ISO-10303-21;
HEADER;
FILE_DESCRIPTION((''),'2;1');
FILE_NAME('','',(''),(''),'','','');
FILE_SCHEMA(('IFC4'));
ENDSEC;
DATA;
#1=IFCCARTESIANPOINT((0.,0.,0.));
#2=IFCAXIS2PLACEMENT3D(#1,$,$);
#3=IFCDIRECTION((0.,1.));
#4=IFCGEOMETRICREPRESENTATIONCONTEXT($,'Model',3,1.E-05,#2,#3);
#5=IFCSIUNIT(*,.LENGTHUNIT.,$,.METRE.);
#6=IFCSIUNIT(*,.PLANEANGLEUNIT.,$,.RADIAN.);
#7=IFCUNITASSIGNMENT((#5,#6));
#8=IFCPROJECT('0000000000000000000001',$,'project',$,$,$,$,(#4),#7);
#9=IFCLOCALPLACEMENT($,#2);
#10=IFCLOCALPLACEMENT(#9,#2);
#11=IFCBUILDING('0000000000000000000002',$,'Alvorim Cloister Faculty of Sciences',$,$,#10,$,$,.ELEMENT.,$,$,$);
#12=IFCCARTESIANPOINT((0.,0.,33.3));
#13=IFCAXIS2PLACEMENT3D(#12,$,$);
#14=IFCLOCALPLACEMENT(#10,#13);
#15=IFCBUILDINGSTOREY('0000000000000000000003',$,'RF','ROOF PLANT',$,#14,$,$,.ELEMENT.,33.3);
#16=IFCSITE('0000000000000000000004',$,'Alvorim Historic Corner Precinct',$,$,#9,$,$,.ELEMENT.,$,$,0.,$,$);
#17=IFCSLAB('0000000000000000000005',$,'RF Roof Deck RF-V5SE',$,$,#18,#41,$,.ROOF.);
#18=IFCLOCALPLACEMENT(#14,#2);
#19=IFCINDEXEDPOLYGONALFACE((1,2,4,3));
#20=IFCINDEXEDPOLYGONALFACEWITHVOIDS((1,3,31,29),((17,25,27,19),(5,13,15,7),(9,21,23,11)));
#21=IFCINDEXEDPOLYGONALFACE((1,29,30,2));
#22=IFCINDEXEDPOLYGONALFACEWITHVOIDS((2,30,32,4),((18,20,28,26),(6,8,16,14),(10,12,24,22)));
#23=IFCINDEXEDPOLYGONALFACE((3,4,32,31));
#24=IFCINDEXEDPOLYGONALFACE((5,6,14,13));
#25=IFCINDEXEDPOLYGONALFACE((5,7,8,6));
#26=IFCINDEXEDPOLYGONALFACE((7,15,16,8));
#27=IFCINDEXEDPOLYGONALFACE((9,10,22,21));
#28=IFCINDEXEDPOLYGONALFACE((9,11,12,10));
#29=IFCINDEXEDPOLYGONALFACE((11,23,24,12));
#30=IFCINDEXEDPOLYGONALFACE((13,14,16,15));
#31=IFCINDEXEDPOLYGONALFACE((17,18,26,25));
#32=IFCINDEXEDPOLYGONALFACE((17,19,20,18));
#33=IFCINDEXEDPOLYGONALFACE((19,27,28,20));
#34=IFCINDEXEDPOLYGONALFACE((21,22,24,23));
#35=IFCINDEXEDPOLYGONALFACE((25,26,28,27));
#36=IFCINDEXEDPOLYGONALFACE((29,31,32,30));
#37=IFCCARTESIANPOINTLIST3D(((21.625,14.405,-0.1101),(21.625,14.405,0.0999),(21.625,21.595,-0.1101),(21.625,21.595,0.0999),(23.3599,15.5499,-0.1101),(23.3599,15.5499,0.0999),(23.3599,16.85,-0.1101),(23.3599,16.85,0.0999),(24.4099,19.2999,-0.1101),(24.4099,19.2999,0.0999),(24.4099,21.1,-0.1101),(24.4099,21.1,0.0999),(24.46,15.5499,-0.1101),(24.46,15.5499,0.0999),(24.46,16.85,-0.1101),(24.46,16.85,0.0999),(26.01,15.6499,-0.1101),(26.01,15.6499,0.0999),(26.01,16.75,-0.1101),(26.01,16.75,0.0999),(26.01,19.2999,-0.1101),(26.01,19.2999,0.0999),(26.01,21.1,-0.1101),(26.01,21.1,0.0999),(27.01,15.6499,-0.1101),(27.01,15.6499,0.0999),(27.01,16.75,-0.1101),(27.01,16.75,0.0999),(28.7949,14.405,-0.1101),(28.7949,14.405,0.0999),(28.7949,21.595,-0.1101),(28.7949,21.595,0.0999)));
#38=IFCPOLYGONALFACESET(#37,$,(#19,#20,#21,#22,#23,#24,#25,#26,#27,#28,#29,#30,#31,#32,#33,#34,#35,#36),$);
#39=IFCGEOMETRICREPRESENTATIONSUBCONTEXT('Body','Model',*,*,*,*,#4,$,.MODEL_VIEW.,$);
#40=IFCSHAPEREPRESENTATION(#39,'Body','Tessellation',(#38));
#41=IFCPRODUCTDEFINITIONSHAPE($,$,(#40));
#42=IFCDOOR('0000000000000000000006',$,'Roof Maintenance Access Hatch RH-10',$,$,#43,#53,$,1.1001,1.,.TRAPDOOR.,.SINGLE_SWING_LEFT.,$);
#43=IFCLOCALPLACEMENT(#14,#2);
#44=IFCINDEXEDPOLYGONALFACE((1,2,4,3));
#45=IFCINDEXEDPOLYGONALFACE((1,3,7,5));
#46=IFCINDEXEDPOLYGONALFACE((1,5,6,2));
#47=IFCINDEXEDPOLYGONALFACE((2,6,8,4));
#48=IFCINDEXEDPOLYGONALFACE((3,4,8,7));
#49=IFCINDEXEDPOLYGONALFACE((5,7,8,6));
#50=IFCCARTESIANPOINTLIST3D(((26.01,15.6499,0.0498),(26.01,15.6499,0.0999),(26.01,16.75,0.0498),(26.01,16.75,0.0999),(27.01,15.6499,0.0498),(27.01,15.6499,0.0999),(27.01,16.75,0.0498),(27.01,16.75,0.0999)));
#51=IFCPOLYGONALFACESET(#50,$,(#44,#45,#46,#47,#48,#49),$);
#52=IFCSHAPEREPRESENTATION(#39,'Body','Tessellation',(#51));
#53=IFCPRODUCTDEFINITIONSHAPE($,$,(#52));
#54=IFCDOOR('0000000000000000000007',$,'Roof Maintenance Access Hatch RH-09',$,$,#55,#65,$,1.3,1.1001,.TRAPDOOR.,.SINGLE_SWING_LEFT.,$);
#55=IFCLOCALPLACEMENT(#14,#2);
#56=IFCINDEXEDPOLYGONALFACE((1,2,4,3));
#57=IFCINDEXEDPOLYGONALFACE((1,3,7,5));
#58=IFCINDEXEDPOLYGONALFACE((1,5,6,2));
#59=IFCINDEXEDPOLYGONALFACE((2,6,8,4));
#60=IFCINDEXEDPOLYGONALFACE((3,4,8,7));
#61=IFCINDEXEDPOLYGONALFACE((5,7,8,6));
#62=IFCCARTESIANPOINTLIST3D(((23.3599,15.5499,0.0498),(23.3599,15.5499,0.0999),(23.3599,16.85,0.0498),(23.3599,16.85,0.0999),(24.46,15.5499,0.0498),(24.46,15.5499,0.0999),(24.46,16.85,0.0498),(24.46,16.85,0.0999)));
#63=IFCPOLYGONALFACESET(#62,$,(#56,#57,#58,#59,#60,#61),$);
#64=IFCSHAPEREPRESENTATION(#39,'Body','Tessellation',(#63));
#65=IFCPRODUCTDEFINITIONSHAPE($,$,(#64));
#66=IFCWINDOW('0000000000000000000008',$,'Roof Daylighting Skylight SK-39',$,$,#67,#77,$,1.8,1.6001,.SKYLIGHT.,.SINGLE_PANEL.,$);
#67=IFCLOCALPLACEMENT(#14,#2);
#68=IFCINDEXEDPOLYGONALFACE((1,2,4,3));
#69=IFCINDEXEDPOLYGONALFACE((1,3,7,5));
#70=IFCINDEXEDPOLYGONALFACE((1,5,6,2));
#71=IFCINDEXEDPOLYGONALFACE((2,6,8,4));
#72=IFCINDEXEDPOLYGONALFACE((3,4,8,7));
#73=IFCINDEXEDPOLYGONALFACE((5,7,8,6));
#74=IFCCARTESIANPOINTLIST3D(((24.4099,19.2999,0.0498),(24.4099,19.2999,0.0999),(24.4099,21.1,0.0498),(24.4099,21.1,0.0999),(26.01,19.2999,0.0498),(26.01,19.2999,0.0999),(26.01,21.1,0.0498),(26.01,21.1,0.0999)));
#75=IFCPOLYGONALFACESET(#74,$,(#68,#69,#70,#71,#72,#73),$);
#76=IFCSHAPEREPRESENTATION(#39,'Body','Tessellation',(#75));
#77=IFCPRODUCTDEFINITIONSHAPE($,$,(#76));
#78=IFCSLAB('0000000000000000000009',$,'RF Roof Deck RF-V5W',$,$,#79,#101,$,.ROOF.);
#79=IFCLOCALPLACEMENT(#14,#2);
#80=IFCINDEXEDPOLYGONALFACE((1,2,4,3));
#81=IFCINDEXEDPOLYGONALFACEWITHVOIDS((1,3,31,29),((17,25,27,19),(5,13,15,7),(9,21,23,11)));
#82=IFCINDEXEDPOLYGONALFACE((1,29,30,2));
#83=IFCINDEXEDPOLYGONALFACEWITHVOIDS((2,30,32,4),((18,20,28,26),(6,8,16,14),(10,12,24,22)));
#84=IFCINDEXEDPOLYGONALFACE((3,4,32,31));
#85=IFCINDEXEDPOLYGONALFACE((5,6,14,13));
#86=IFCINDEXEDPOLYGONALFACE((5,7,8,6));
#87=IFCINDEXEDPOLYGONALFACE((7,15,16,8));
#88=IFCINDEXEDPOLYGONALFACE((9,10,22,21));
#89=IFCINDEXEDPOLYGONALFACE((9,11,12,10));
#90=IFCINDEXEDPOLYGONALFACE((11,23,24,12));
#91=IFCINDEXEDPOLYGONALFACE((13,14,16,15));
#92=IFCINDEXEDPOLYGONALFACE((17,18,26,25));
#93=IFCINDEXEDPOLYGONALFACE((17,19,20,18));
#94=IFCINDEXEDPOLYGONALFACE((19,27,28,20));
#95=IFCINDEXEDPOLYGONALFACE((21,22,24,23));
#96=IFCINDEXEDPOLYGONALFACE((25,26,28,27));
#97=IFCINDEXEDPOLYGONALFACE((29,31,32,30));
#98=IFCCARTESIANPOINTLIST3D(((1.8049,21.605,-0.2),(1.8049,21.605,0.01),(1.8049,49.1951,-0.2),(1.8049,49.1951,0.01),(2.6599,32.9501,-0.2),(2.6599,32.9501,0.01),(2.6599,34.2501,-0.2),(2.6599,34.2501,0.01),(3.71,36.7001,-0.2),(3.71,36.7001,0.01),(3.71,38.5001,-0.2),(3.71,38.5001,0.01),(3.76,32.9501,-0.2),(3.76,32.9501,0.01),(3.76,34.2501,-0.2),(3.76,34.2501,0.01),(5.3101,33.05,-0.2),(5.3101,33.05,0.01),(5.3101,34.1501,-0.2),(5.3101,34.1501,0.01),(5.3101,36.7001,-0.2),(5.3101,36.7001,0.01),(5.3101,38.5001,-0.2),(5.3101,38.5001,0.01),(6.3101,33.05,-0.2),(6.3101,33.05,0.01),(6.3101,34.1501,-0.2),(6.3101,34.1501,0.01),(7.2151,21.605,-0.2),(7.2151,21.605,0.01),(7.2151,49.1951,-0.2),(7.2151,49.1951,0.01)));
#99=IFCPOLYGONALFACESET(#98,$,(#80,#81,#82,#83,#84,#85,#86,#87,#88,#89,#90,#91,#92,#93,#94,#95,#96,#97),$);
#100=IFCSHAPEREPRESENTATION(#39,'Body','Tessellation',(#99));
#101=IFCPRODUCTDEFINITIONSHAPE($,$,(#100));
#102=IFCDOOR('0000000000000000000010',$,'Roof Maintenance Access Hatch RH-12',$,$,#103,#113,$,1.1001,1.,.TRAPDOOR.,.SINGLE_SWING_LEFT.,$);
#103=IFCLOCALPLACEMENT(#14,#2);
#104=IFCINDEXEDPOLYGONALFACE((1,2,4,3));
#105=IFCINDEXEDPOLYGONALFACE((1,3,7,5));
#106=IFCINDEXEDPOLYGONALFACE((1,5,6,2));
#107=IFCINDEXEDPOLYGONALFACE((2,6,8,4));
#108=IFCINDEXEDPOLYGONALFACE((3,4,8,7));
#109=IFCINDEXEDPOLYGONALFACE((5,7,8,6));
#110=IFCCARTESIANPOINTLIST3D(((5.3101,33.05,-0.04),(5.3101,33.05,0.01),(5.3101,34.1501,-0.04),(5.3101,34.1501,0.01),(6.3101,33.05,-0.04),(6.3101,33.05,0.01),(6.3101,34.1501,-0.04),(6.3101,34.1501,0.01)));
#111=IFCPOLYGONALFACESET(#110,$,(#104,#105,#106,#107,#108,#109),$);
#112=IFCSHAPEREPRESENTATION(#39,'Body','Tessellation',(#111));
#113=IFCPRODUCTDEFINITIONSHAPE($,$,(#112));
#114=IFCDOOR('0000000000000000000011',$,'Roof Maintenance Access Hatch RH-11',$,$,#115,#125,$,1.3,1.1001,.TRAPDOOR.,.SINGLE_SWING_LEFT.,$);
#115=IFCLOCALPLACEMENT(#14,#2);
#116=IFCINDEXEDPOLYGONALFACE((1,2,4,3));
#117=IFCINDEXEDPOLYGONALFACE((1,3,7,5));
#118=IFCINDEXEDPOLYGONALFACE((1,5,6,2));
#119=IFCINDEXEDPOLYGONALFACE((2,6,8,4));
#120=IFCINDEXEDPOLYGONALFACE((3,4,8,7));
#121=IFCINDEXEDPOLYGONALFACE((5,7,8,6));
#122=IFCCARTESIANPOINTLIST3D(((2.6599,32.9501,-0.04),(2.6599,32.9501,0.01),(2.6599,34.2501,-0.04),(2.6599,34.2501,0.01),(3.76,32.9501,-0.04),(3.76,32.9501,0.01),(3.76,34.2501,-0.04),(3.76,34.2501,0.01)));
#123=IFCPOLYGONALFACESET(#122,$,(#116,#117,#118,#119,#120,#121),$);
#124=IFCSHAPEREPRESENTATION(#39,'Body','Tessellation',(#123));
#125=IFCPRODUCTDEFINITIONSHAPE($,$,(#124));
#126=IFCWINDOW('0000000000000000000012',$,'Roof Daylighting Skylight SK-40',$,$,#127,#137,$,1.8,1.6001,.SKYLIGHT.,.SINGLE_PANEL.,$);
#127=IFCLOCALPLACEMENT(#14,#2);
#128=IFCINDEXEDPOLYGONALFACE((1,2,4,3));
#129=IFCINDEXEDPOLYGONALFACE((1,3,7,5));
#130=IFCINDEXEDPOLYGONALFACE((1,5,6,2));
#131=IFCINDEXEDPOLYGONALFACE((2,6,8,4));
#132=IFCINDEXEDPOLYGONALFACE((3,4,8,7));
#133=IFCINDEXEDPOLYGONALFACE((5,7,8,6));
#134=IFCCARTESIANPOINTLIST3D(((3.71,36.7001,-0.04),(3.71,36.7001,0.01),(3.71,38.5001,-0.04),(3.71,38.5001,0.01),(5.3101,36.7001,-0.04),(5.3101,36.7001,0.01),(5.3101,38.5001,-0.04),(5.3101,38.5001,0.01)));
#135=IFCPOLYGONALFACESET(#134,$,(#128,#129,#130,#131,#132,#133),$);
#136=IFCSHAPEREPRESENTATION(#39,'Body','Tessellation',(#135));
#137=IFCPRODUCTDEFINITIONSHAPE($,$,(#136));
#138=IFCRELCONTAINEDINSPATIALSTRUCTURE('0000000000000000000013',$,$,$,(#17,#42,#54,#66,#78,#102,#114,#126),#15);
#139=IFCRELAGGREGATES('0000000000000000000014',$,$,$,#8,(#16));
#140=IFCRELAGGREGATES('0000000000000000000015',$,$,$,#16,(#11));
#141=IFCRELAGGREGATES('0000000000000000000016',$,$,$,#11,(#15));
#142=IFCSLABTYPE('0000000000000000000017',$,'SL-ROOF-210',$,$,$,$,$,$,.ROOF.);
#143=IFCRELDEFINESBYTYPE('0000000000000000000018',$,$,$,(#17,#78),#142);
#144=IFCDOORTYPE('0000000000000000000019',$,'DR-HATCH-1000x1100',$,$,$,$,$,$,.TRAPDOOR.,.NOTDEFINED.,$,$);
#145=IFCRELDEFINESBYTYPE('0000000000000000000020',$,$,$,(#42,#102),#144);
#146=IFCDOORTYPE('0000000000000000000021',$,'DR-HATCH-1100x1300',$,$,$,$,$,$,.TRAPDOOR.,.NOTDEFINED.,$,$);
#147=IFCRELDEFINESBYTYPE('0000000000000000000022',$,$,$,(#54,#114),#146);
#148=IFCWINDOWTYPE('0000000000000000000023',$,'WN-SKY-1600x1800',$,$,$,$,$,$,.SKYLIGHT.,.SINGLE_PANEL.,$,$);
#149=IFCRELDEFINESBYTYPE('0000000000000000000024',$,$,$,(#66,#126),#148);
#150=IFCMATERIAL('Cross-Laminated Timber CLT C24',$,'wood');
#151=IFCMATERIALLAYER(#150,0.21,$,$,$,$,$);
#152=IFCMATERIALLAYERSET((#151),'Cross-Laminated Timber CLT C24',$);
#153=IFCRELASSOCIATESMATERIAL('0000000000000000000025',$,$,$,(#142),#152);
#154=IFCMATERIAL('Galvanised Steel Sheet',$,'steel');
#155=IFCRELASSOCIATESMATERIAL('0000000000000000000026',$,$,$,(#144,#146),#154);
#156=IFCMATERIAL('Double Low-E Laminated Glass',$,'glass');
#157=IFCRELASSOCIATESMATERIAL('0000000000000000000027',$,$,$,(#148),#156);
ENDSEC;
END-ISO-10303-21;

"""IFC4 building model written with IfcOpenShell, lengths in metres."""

from ifc_helpers import new_model, si_unit, direction, frame, origin, origin_2d, place, context, subcontext, project, spatial, polyline, rectangle, outline, extrude, material, layer, layer_set, type_object, element, fill, save


model = new_model("IFC4")

# Units and contexts
model_context = context("Model", 3, precision=1e-05, world=origin(), true_north=direction((0.0, 1.0)))
body_context = subcontext(model_context, "Body", "Model", "MODEL_VIEW")
ifc_project = project(units=[si_unit("LENGTHUNIT", "METRE"), si_unit("PLANEANGLEUNIT", "RADIAN")], contexts=[model_context])

# Site, building, storey
site_placement = place(None, origin())
site = spatial("IfcSite", under=ifc_project, at=site_placement, Name="Alvorim Historic Corner Precinct", CompositionType="ELEMENT", RefElevation=0.0)
building_placement = place(site_placement, origin())
building = spatial("IfcBuilding", under=site, at=building_placement, Name="Alvorim Cloister Faculty of Sciences", CompositionType="ELEMENT")
storey_placement = place(building_placement, frame((0.0, 0.0, 33.3)))
storey = spatial("IfcBuildingStorey", under=building, at=storey_placement, Name="RF", Description="ROOF PLANT", CompositionType="ELEMENT", Elevation=33.3)

# Shared definitions
ifc_material_1 = material(Name="Cross-Laminated Timber CLT C24", Category="wood")

# Shared definitions
ifc_layer_1 = layer(ifc_material_1, 0.21)
ifc_layer_set_1 = layer_set([ifc_layer_1], Name="Cross-Laminated Timber CLT C24")
slab_type_1 = type_object("IfcSlabType", Name="SL-ROOF-210", PredefinedType="ROOF", material=ifc_layer_set_1)
ifc_material_2 = material(Name="Galvanised Steel Sheet", Category="steel")
door_type_1 = type_object("IfcDoorType", Name="DR-HATCH-1000x1100", OperationType="NOTDEFINED", PredefinedType="TRAPDOOR", material=ifc_material_2)
door_type_2 = type_object("IfcDoorType", Name="DR-HATCH-1100x1300", OperationType="NOTDEFINED", PredefinedType="TRAPDOOR", material=ifc_material_2)
ifc_material_3 = material(Name="Double Low-E Laminated Glass", Category="glass")
window_type_1 = type_object("IfcWindowType", Name="WN-SKY-1600x1800", PartitioningType="SINGLE_PANEL", PredefinedType="SKYLIGHT", material=ifc_material_3)

# Slabs, openings, doors, windows
slab_1_placement = place(storey_placement, frame((0.0, 0.0, -0.1101)))
slab_1 = element("IfcSlab", 1, at=slab_1_placement, inside=storey, type_object=slab_type_1, Name="RF Roof Deck RF-V5SE", PredefinedType="ROOF", context=body_context, shape_type="SweptSolid", body=[
    extrude(outline(polyline([(21.625, 14.405), (28.7949, 14.405), (28.7949, 21.595), (21.625, 21.595), (21.625, 14.405)])), origin(), (0.0, 0.0, 1.0), 0.21),
])
opening_1_placement = place(slab_1_placement, frame((23.9099, 16.2, -0.012)))
opening_1 = element("IfcOpeningElement", 2, at=opening_1_placement, cuts=slab_1, PredefinedType="OPENING", context=body_context, shape_type="SweptSolid", body=[
    extrude(rectangle(XDim=1.1001, YDim=1.3, at=origin_2d()), origin(), (0.0, 0.0, 1.0), 0.2339),
])
opening_2_placement = place(slab_1_placement, frame((26.51, 16.2, -0.012)))
opening_2 = element("IfcOpeningElement", 3, at=opening_2_placement, cuts=slab_1, PredefinedType="OPENING", context=body_context, shape_type="SweptSolid", body=[
    extrude(rectangle(XDim=1.0, YDim=1.1001, at=origin_2d()), origin(), (0.0, 0.0, 1.0), 0.2339),
])
opening_3_placement = place(slab_1_placement, frame((25.21, 20.2, -0.012)))
opening_3 = element("IfcOpeningElement", 4, at=opening_3_placement, cuts=slab_1, PredefinedType="OPENING", context=body_context, shape_type="SweptSolid", body=[
    extrude(rectangle(XDim=1.6001, YDim=1.8, at=origin_2d()), origin(), (0.0, 0.0, 1.0), 0.2339),
])
door_1_placement = place(slab_1_placement, frame((26.51, 16.2, 0.1599)))
door_1 = element("IfcDoor", 5, at=door_1_placement, inside=storey, type_object=door_type_1, Name="Roof Maintenance Access Hatch RH-10", OperationType="SINGLE_SWING_LEFT", OverallHeight=1.1001, OverallWidth=1.0, PredefinedType="TRAPDOOR", context=body_context, shape_type="SweptSolid", body=[
    extrude(rectangle(XDim=1.0, YDim=1.1001, at=origin_2d()), origin(), (0.0, 0.0, 1.0), 0.05),
])
fill(opening_2, door_1)
door_2_placement = place(slab_1_placement, frame((23.9099, 16.2, 0.1599)))
door_2 = element("IfcDoor", 6, at=door_2_placement, inside=storey, type_object=door_type_2, Name="Roof Maintenance Access Hatch RH-09", OperationType="SINGLE_SWING_LEFT", OverallHeight=1.3, OverallWidth=1.1001, PredefinedType="TRAPDOOR", context=body_context, shape_type="SweptSolid", body=[
    extrude(rectangle(XDim=1.1001, YDim=1.3, at=origin_2d()), origin(), (0.0, 0.0, 1.0), 0.05),
])
fill(opening_1, door_2)
window_1_placement = place(slab_1_placement, frame((25.21, 20.2, 0.1599)))
window_1 = element("IfcWindow", 7, at=window_1_placement, inside=storey, type_object=window_type_1, Name="Roof Daylighting Skylight SK-39", OverallHeight=1.8, OverallWidth=1.6001, PartitioningType="SINGLE_PANEL", PredefinedType="SKYLIGHT", context=body_context, shape_type="SweptSolid", body=[
    extrude(rectangle(XDim=1.6001, YDim=1.8, at=origin_2d()), origin(), (0.0, 0.0, 1.0), 0.05),
])
fill(opening_3, window_1)
slab_2_placement = place(storey_placement, frame((0.0, 0.0, -0.2)))
slab_2 = element("IfcSlab", 8, at=slab_2_placement, inside=storey, type_object=slab_type_1, Name="RF Roof Deck RF-V5W", PredefinedType="ROOF", context=body_context, shape_type="SweptSolid", body=[
    extrude(outline(polyline([(1.8049, 21.605), (7.2151, 21.605), (7.2151, 49.1951), (1.8049, 49.1951), (1.8049, 21.605)])), origin(), (0.0, 0.0, 1.0), 0.21),
])
opening_4_placement = place(slab_2_placement, frame((3.21, 33.6001, -0.012)))
opening_4 = element("IfcOpeningElement", 9, at=opening_4_placement, cuts=slab_2, PredefinedType="OPENING", context=body_context, shape_type="SweptSolid", body=[
    extrude(rectangle(XDim=1.1001, YDim=1.3, at=origin_2d()), origin(), (0.0, 0.0, 1.0), 0.2339),
])
opening_5_placement = place(slab_2_placement, frame((5.8101, 33.6001, -0.012)))
opening_5 = element("IfcOpeningElement", 10, at=opening_5_placement, cuts=slab_2, PredefinedType="OPENING", context=body_context, shape_type="SweptSolid", body=[
    extrude(rectangle(XDim=1.0, YDim=1.1001, at=origin_2d()), origin(), (0.0, 0.0, 1.0), 0.2339),
])
opening_6_placement = place(slab_2_placement, frame((4.51, 37.6001, -0.012)))
opening_6 = element("IfcOpeningElement", 11, at=opening_6_placement, cuts=slab_2, PredefinedType="OPENING", context=body_context, shape_type="SweptSolid", body=[
    extrude(rectangle(XDim=1.6001, YDim=1.8, at=origin_2d()), origin(), (0.0, 0.0, 1.0), 0.2339),
])
door_3_placement = place(slab_2_placement, frame((5.8101, 33.6001, 0.1599)))
door_3 = element("IfcDoor", 12, at=door_3_placement, inside=storey, type_object=door_type_1, Name="Roof Maintenance Access Hatch RH-12", OperationType="SINGLE_SWING_LEFT", OverallHeight=1.1001, OverallWidth=1.0, PredefinedType="TRAPDOOR", context=body_context, shape_type="SweptSolid", body=[
    extrude(rectangle(XDim=1.0, YDim=1.1001, at=origin_2d()), origin(), (0.0, 0.0, 1.0), 0.05),
])
fill(opening_5, door_3)
door_4_placement = place(slab_2_placement, frame((3.21, 33.6001, 0.1599)))
door_4 = element("IfcDoor", 13, at=door_4_placement, inside=storey, type_object=door_type_2, Name="Roof Maintenance Access Hatch RH-11", OperationType="SINGLE_SWING_LEFT", OverallHeight=1.3, OverallWidth=1.1001, PredefinedType="TRAPDOOR", context=body_context, shape_type="SweptSolid", body=[
    extrude(rectangle(XDim=1.1001, YDim=1.3, at=origin_2d()), origin(), (0.0, 0.0, 1.0), 0.05),
])
fill(opening_4, door_4)
window_2_placement = place(slab_2_placement, frame((4.51, 37.6001, 0.1599)))
window_2 = element("IfcWindow", 14, at=window_2_placement, inside=storey, type_object=window_type_1, Name="Roof Daylighting Skylight SK-40", OverallHeight=1.8, OverallWidth=1.6001, PartitioningType="SINGLE_PANEL", PredefinedType="SKYLIGHT", context=body_context, shape_type="SweptSolid", body=[
    extrude(rectangle(XDim=1.6001, YDim=1.8, at=origin_2d()), origin(), (0.0, 0.0, 1.0), 0.05),
])
fill(opening_6, window_2)

save(model, "model.ifc")
